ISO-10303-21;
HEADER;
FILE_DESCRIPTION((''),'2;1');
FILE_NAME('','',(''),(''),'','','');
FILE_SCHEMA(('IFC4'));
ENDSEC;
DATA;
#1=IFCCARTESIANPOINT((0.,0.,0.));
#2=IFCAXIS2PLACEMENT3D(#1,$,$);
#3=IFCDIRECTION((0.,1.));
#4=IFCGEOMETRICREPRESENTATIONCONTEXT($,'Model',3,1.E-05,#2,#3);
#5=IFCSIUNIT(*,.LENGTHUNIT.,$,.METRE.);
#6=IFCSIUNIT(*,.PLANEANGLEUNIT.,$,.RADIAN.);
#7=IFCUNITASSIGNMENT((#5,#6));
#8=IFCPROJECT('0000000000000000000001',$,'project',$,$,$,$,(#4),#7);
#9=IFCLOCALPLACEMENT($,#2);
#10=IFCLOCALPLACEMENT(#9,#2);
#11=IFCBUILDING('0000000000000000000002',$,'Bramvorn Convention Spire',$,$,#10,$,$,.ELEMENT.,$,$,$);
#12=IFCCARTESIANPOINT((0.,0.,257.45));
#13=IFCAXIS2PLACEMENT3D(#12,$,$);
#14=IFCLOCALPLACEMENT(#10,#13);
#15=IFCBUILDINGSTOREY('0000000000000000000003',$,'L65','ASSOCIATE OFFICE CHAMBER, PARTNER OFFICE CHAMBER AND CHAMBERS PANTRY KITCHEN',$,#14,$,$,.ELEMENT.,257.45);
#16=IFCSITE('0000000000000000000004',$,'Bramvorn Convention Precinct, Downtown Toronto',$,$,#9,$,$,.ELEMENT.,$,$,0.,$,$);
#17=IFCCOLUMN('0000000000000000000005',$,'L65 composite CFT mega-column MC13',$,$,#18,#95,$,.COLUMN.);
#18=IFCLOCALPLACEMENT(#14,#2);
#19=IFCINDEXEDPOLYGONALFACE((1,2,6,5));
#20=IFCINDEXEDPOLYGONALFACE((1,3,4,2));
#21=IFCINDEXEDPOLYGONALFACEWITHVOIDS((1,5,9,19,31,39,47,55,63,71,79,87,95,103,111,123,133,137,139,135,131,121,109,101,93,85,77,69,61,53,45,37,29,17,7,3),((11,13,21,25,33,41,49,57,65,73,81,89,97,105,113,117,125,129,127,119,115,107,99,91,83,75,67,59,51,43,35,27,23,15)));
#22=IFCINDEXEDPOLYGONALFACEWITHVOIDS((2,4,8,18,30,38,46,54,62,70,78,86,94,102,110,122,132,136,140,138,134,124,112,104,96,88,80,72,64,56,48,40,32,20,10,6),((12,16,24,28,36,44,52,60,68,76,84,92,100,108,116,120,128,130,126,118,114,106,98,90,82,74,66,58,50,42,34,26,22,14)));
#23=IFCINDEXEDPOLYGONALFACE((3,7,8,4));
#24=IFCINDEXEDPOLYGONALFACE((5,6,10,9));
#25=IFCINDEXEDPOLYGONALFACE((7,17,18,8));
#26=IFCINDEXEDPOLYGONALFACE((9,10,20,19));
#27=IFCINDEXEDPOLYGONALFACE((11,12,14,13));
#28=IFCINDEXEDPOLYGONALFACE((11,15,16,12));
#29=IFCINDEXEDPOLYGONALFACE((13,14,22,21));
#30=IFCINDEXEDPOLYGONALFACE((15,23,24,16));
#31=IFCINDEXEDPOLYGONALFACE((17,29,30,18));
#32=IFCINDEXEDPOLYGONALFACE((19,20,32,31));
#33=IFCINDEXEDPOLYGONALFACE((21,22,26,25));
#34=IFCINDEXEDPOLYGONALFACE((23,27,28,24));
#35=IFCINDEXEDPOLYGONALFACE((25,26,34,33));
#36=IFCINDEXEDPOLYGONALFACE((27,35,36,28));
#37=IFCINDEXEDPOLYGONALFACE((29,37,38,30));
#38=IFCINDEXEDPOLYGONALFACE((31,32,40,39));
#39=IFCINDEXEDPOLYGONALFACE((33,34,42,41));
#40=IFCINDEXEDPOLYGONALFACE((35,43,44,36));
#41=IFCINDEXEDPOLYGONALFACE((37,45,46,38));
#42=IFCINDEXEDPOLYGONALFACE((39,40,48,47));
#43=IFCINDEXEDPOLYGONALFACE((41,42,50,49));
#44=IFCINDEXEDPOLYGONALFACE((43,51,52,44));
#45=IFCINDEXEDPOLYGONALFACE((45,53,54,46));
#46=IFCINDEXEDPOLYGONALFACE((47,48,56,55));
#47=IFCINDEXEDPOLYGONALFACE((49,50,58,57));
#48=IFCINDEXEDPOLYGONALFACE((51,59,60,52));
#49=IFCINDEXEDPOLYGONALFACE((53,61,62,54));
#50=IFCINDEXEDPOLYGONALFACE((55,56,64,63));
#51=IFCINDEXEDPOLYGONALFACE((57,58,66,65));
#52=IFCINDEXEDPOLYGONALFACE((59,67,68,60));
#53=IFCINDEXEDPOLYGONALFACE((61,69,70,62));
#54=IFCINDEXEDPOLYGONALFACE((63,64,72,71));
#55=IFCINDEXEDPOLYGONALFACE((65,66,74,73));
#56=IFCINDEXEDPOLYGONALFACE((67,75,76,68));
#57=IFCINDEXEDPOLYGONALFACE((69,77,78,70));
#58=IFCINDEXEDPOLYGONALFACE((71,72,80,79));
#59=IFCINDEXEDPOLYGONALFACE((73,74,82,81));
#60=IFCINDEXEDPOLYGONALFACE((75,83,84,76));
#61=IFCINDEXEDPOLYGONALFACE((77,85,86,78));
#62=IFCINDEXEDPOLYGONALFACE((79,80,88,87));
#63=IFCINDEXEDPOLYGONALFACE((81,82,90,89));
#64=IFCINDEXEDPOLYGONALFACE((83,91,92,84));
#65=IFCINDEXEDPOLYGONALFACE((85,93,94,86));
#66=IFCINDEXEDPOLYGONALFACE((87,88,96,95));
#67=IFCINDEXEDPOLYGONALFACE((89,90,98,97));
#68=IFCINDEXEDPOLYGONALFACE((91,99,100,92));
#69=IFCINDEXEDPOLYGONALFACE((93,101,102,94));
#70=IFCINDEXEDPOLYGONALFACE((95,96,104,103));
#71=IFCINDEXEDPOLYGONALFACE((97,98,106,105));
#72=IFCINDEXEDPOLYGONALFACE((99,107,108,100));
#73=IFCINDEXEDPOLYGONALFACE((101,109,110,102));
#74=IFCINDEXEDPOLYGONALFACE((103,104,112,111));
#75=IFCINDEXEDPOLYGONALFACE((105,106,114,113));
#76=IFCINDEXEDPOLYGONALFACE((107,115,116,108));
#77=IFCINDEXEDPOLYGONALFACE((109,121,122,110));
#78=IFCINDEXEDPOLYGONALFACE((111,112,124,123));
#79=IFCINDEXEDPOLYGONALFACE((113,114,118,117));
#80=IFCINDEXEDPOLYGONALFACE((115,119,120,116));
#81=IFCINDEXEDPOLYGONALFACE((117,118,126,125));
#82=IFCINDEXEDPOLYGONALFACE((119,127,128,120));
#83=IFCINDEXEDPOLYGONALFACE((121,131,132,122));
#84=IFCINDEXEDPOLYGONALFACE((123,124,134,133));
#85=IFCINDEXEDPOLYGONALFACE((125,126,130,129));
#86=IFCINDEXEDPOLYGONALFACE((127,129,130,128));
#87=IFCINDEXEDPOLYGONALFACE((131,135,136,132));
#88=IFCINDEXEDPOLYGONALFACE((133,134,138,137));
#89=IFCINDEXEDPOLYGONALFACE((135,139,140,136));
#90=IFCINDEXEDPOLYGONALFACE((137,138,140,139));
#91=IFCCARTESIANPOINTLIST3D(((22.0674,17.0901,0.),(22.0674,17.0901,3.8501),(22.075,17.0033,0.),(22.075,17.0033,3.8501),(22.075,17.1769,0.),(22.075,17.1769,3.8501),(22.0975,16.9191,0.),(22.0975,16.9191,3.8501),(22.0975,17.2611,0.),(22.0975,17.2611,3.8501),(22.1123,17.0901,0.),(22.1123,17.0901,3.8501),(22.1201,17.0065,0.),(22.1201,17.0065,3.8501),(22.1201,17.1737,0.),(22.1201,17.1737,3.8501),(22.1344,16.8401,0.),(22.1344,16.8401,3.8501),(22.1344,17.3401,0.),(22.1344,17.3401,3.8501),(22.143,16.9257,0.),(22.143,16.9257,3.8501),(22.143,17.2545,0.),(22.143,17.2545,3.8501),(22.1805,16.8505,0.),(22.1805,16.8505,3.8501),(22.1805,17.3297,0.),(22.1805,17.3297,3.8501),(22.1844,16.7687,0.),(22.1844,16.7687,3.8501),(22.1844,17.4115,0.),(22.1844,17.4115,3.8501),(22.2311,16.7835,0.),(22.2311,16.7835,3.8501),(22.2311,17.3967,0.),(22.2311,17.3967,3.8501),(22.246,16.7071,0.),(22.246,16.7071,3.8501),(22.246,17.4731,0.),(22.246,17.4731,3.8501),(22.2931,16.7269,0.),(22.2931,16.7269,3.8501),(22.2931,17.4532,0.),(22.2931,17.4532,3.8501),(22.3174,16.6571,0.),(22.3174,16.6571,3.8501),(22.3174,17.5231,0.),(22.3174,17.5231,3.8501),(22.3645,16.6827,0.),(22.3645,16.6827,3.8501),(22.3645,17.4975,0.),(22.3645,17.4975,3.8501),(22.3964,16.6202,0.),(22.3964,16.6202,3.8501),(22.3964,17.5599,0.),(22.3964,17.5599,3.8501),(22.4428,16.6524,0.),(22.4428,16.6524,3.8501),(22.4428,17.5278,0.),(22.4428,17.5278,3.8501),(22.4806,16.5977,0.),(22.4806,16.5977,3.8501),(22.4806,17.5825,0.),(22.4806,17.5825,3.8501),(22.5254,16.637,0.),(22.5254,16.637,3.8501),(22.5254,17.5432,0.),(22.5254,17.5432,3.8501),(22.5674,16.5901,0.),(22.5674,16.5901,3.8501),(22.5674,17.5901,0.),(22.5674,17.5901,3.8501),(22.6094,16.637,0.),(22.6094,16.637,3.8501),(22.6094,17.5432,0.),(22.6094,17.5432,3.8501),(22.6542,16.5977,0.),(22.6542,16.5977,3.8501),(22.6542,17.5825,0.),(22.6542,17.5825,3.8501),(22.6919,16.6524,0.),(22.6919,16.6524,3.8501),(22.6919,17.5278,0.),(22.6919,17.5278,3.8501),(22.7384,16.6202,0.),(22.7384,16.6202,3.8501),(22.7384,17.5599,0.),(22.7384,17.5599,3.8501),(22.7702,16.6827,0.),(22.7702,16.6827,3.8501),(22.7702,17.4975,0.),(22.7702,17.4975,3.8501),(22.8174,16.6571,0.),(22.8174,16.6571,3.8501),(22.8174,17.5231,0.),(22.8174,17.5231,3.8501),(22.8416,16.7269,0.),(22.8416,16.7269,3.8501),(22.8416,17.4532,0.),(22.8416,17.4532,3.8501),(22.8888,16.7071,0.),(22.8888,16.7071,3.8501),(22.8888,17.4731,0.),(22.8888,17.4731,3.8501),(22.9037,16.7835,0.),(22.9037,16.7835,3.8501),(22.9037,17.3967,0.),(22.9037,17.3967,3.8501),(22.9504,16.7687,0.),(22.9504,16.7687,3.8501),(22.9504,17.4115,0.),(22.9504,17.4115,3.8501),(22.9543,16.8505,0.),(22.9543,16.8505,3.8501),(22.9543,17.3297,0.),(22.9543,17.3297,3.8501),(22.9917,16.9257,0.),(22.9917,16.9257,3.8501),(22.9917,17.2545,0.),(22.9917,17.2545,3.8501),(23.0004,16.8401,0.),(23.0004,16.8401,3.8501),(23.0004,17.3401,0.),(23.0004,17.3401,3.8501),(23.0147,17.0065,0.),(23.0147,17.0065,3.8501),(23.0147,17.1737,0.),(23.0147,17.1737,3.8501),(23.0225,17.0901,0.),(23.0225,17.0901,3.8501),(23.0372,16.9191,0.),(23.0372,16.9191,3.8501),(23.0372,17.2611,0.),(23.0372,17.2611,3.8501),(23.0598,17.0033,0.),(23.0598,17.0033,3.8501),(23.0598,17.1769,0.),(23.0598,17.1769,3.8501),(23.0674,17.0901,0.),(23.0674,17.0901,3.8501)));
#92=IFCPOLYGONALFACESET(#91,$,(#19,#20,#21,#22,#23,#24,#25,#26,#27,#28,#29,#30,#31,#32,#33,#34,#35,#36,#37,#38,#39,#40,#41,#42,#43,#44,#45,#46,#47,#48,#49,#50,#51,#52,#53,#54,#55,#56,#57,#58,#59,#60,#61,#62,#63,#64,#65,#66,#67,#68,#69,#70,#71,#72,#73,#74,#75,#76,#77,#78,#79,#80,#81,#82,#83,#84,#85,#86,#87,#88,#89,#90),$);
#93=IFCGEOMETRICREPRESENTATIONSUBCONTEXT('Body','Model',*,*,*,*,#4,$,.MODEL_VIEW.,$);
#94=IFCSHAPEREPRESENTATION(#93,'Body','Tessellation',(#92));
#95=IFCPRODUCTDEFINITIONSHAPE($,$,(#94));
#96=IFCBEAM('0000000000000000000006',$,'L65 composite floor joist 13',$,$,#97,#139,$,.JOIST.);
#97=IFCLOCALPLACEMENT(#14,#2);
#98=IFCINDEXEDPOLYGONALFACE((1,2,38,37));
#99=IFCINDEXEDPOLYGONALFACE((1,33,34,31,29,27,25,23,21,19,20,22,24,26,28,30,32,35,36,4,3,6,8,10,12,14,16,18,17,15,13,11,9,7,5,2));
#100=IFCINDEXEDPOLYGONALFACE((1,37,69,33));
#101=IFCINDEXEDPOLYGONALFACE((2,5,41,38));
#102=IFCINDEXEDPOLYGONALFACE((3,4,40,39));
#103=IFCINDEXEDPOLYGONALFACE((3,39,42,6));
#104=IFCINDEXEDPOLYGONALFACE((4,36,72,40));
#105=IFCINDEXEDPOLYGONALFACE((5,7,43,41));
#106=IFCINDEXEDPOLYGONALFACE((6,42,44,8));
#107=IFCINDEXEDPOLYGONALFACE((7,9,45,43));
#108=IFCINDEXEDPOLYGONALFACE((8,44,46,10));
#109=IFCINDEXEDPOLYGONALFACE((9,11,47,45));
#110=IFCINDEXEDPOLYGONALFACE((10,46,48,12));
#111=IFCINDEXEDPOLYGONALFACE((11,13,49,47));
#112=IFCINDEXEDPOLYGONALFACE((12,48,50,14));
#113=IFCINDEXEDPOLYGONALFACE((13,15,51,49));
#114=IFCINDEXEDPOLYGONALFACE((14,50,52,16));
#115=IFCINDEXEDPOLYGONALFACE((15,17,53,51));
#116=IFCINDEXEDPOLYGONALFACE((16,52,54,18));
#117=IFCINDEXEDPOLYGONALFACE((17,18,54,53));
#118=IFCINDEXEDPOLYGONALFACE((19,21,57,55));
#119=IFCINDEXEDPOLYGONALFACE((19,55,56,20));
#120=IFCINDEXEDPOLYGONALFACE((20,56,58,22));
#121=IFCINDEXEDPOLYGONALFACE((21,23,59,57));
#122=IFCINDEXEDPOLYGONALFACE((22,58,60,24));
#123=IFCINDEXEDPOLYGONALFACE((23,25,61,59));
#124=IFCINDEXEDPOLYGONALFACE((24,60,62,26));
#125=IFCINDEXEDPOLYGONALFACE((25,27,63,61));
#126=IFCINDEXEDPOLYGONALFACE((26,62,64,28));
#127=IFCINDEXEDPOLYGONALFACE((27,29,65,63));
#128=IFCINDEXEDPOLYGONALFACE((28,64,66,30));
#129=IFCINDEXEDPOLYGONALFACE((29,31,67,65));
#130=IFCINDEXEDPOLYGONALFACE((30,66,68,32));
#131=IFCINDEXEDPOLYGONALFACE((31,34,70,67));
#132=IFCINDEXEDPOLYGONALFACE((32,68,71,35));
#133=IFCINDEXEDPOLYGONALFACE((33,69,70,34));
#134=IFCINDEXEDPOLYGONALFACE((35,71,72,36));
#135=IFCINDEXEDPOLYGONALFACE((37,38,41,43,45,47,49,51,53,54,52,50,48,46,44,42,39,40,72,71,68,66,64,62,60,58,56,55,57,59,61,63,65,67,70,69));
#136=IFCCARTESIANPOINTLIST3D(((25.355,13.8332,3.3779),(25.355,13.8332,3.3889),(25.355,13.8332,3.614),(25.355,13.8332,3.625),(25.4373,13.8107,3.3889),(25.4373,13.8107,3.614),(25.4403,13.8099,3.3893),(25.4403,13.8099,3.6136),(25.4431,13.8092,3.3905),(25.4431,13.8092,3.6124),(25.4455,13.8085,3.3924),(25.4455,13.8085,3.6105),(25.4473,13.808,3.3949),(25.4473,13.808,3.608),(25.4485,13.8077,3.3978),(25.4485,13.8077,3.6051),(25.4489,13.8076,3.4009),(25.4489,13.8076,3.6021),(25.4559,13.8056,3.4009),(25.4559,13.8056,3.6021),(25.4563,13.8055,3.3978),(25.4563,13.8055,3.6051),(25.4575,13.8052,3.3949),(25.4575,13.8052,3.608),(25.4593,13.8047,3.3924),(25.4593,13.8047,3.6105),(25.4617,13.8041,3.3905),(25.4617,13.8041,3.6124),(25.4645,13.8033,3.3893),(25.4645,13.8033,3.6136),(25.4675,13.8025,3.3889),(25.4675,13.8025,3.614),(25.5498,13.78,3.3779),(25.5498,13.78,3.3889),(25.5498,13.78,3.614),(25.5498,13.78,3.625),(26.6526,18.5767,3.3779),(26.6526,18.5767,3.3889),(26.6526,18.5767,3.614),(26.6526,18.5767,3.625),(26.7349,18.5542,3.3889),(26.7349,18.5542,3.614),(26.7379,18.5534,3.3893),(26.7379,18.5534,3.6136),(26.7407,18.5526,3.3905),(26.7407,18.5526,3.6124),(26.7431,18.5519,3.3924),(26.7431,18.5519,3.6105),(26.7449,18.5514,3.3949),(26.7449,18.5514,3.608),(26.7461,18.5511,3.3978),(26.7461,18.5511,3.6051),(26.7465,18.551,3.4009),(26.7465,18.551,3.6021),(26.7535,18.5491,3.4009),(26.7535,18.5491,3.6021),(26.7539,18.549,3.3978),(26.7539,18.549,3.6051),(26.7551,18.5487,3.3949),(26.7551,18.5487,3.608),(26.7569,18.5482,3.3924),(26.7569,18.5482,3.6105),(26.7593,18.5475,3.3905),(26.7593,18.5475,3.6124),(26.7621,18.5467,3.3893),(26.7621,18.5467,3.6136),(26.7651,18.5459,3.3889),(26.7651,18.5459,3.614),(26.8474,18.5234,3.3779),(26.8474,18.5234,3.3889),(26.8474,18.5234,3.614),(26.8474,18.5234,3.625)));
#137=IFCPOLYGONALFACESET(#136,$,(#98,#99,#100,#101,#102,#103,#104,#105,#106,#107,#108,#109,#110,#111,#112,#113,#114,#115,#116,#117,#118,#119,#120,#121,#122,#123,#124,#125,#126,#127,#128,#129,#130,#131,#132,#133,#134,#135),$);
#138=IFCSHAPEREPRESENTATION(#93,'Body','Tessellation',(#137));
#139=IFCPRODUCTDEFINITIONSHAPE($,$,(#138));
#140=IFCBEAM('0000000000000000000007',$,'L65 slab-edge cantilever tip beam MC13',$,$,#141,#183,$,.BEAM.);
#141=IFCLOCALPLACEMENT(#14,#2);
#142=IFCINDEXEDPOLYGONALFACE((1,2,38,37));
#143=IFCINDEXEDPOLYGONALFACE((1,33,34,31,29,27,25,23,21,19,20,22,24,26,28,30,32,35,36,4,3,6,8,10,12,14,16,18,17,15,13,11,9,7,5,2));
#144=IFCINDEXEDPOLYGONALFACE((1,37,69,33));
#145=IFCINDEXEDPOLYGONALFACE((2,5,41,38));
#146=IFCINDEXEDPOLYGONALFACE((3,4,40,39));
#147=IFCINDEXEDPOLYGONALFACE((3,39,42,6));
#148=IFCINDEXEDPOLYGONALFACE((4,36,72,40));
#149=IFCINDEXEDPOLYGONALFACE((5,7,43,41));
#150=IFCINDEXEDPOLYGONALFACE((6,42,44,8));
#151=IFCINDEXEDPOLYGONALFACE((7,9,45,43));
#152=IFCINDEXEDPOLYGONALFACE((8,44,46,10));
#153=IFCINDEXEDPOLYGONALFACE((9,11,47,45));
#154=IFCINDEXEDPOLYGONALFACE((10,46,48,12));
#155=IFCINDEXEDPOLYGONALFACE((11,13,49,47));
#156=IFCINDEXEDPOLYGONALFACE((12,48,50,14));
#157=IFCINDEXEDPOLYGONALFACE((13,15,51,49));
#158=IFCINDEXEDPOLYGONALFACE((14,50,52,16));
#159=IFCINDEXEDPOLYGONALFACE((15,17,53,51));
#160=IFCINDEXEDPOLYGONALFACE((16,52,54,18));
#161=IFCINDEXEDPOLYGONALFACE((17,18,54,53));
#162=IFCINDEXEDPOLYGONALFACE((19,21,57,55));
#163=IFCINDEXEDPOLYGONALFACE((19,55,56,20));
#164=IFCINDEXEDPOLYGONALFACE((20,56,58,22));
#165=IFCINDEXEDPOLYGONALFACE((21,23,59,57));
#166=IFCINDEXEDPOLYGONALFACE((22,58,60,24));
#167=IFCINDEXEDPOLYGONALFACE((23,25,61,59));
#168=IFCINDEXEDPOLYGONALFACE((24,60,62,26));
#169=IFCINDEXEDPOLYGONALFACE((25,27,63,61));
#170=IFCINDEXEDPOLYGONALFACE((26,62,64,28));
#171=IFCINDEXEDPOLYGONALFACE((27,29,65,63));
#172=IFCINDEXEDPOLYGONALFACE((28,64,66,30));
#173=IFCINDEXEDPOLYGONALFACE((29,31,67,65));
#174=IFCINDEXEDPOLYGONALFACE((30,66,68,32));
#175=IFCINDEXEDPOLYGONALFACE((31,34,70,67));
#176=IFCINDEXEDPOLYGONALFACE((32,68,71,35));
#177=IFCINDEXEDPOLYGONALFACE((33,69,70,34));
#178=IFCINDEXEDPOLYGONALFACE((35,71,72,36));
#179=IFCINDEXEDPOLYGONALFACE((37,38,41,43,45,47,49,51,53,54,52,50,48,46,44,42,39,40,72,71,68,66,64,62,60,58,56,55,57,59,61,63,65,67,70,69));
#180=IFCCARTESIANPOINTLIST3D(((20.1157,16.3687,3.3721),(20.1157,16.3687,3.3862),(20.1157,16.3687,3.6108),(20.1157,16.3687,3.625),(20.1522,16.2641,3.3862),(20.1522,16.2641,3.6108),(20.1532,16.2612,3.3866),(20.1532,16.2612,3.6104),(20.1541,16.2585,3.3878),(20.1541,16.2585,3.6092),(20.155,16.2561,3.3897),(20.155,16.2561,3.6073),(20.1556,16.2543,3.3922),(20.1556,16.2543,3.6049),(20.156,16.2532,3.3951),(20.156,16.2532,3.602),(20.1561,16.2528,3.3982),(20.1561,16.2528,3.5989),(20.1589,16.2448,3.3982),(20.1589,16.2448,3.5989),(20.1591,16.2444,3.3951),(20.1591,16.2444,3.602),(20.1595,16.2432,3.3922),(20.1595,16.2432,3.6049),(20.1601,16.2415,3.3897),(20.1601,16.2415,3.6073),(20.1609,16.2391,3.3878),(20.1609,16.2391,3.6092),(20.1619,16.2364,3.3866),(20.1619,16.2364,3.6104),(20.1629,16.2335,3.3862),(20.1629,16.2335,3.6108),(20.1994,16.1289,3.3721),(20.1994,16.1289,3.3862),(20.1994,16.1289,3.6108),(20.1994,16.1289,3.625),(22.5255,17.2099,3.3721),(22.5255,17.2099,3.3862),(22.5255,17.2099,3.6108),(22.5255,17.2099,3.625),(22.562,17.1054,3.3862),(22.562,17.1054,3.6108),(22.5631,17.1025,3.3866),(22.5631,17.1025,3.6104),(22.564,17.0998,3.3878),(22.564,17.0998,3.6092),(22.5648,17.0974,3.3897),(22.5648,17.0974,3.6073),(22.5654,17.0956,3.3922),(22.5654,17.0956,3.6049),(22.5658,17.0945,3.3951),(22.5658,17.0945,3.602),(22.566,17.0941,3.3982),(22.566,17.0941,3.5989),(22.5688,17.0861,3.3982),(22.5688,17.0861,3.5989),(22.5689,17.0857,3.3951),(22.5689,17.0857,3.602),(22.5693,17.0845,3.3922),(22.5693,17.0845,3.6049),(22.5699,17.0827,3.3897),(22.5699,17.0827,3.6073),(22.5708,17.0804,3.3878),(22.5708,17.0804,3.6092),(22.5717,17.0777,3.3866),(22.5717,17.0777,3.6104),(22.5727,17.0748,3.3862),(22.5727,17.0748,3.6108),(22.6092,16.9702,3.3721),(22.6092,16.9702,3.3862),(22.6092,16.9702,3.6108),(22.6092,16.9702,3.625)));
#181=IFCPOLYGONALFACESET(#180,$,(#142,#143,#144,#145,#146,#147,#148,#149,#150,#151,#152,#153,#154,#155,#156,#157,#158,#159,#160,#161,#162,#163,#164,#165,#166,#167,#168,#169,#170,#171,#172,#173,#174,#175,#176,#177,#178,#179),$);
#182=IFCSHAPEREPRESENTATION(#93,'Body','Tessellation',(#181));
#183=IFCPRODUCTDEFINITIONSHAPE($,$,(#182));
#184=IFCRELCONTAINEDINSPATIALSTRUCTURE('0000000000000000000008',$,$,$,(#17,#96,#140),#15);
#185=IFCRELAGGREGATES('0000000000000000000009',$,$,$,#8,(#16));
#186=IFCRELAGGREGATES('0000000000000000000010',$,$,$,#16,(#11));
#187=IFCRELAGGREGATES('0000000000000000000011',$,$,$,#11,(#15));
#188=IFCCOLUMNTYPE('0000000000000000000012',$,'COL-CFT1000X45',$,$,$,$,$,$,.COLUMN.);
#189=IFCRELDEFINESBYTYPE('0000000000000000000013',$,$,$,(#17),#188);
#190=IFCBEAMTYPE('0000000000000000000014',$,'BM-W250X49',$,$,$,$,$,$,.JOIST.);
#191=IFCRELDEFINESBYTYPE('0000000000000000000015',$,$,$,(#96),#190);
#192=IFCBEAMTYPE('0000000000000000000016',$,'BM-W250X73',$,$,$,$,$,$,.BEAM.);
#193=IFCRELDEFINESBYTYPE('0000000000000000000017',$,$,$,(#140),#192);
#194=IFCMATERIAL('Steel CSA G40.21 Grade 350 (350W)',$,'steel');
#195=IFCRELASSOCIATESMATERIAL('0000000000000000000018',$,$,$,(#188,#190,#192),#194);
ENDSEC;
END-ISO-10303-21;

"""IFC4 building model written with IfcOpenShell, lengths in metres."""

from ifc_helpers import new_model, si_unit, direction, frame, origin, origin_2d, place, context, subcontext, project, spatial, hollow_circle, i_section, extrude, material, material_profile, profile_set, type_object, element, save


model = new_model("IFC4")

# Units and contexts
model_context = context("Model", 3, precision=1e-05, world=origin(), true_north=direction((0.0, 1.0)))
body_context = subcontext(model_context, "Body", "Model", "MODEL_VIEW")
ifc_project = project(units=[si_unit("LENGTHUNIT", "METRE"), si_unit("PLANEANGLEUNIT", "RADIAN")], contexts=[model_context])

# Site, building, storey
site_placement = place(None, origin())
site = spatial("IfcSite", under=ifc_project, at=site_placement, Name="Bramvorn Convention Precinct, Downtown Toronto", CompositionType="ELEMENT", RefElevation=0.0)
building_placement = place(site_placement, origin())
building = spatial("IfcBuilding", under=site, at=building_placement, Name="Bramvorn Convention Spire", CompositionType="ELEMENT")
storey_placement = place(building_placement, frame((0.0, 0.0, 257.45)))
storey = spatial("IfcBuildingStorey", under=building, at=storey_placement, Name="L65", Description="ASSOCIATE OFFICE CHAMBER, PARTNER OFFICE CHAMBER AND CHAMBERS PANTRY KITCHEN", CompositionType="ELEMENT", Elevation=257.45)

# Column
ifc_material_1 = material(Name="Steel CSA G40.21 Grade 350 (350W)", Category="steel")
ifc_material_profile_1 = material_profile(ifc_material_1, hollow_circle(Radius=0.5, WallThickness=0.0449, at=origin_2d()))
ifc_profile_set_1 = profile_set([ifc_material_profile_1], Name="Steel CSA G40.21 Grade 350 (350W) - CFT1000X45")
column_type = type_object("IfcColumnType", Name="COL-CFT1000X45", PredefinedType="COLUMN", material=ifc_profile_set_1)
column_placement = place(storey_placement, frame((22.5674, 17.0901, 0.0), z_axis=(0.0, 0.0, 1.0), x_axis=(1.0, 0.0, 0.0)))
element("IfcColumn", 1, at=column_placement, inside=storey, type_object=column_type, Name="L65 composite CFT mega-column MC13", PredefinedType="COLUMN", context=body_context, shape_type="SweptSolid", body=[
    extrude(hollow_circle(Radius=0.5, WallThickness=0.0449, at=origin_2d()), origin(), (0.0, 0.0, 1.0), 3.8501),
])

# Beams
ifc_material_profile_2 = material_profile(ifc_material_1, i_section(OverallWidth=0.2019, OverallDepth=0.2471, WebThickness=0.0073, FlangeThickness=0.011, FilletRadius=0.012, at=origin_2d()))
ifc_profile_set_2 = profile_set([ifc_material_profile_2], Name="Steel CSA G40.21 Grade 350 (350W) - W250X49")
beam_type_1 = type_object("IfcBeamType", Name="BM-W250X49", PredefinedType="JOIST", material=ifc_profile_set_2)
beam_1_placement = place(storey_placement, frame((26.75, 18.55, 3.5015), z_axis=(-0.263865, -0.96456, 0.0), x_axis=(0.96456, -0.263865, 0.0)))
element("IfcBeam", 2, at=beam_1_placement, inside=storey, type_object=beam_type_1, Name="L65 composite floor joist 13", PredefinedType="JOIST", context=body_context, shape_type="SweptSolid", body=[
    extrude(i_section(OverallWidth=0.2019, OverallDepth=0.2471, WebThickness=0.0073, FlangeThickness=0.011, FilletRadius=0.012, at=origin_2d()), origin(), (0.0, 0.0, 1.0), 4.9177),
])
ifc_material_profile_3 = material_profile(ifc_material_1, i_section(OverallWidth=0.2539, OverallDepth=0.2529, WebThickness=0.0085, FlangeThickness=0.0142, FilletRadius=0.012, at=origin_2d()))
ifc_profile_set_3 = profile_set([ifc_material_profile_3], Name="Steel CSA G40.21 Grade 350 (350W) - W250X73")
beam_type_2 = type_object("IfcBeamType", Name="BM-W250X73", PredefinedType="BEAM", material=ifc_profile_set_3)
beam_2_placement = place(storey_placement, frame((22.5674, 17.0901, 3.4985), z_axis=(-0.944122, -0.329596, 0.0), x_axis=(0.329596, -0.944122, 0.0)))
element("IfcBeam", 3, at=beam_2_placement, inside=storey, type_object=beam_type_2, Name="L65 slab-edge cantilever tip beam MC13", PredefinedType="BEAM", context=body_context, shape_type="SweptSolid", body=[
    extrude(i_section(OverallWidth=0.2539, OverallDepth=0.2529, WebThickness=0.0085, FlangeThickness=0.0142, FilletRadius=0.012, at=origin_2d()), origin(), (0.0, 0.0, 1.0), 2.5525),
])

save(model, "model.ifc")
